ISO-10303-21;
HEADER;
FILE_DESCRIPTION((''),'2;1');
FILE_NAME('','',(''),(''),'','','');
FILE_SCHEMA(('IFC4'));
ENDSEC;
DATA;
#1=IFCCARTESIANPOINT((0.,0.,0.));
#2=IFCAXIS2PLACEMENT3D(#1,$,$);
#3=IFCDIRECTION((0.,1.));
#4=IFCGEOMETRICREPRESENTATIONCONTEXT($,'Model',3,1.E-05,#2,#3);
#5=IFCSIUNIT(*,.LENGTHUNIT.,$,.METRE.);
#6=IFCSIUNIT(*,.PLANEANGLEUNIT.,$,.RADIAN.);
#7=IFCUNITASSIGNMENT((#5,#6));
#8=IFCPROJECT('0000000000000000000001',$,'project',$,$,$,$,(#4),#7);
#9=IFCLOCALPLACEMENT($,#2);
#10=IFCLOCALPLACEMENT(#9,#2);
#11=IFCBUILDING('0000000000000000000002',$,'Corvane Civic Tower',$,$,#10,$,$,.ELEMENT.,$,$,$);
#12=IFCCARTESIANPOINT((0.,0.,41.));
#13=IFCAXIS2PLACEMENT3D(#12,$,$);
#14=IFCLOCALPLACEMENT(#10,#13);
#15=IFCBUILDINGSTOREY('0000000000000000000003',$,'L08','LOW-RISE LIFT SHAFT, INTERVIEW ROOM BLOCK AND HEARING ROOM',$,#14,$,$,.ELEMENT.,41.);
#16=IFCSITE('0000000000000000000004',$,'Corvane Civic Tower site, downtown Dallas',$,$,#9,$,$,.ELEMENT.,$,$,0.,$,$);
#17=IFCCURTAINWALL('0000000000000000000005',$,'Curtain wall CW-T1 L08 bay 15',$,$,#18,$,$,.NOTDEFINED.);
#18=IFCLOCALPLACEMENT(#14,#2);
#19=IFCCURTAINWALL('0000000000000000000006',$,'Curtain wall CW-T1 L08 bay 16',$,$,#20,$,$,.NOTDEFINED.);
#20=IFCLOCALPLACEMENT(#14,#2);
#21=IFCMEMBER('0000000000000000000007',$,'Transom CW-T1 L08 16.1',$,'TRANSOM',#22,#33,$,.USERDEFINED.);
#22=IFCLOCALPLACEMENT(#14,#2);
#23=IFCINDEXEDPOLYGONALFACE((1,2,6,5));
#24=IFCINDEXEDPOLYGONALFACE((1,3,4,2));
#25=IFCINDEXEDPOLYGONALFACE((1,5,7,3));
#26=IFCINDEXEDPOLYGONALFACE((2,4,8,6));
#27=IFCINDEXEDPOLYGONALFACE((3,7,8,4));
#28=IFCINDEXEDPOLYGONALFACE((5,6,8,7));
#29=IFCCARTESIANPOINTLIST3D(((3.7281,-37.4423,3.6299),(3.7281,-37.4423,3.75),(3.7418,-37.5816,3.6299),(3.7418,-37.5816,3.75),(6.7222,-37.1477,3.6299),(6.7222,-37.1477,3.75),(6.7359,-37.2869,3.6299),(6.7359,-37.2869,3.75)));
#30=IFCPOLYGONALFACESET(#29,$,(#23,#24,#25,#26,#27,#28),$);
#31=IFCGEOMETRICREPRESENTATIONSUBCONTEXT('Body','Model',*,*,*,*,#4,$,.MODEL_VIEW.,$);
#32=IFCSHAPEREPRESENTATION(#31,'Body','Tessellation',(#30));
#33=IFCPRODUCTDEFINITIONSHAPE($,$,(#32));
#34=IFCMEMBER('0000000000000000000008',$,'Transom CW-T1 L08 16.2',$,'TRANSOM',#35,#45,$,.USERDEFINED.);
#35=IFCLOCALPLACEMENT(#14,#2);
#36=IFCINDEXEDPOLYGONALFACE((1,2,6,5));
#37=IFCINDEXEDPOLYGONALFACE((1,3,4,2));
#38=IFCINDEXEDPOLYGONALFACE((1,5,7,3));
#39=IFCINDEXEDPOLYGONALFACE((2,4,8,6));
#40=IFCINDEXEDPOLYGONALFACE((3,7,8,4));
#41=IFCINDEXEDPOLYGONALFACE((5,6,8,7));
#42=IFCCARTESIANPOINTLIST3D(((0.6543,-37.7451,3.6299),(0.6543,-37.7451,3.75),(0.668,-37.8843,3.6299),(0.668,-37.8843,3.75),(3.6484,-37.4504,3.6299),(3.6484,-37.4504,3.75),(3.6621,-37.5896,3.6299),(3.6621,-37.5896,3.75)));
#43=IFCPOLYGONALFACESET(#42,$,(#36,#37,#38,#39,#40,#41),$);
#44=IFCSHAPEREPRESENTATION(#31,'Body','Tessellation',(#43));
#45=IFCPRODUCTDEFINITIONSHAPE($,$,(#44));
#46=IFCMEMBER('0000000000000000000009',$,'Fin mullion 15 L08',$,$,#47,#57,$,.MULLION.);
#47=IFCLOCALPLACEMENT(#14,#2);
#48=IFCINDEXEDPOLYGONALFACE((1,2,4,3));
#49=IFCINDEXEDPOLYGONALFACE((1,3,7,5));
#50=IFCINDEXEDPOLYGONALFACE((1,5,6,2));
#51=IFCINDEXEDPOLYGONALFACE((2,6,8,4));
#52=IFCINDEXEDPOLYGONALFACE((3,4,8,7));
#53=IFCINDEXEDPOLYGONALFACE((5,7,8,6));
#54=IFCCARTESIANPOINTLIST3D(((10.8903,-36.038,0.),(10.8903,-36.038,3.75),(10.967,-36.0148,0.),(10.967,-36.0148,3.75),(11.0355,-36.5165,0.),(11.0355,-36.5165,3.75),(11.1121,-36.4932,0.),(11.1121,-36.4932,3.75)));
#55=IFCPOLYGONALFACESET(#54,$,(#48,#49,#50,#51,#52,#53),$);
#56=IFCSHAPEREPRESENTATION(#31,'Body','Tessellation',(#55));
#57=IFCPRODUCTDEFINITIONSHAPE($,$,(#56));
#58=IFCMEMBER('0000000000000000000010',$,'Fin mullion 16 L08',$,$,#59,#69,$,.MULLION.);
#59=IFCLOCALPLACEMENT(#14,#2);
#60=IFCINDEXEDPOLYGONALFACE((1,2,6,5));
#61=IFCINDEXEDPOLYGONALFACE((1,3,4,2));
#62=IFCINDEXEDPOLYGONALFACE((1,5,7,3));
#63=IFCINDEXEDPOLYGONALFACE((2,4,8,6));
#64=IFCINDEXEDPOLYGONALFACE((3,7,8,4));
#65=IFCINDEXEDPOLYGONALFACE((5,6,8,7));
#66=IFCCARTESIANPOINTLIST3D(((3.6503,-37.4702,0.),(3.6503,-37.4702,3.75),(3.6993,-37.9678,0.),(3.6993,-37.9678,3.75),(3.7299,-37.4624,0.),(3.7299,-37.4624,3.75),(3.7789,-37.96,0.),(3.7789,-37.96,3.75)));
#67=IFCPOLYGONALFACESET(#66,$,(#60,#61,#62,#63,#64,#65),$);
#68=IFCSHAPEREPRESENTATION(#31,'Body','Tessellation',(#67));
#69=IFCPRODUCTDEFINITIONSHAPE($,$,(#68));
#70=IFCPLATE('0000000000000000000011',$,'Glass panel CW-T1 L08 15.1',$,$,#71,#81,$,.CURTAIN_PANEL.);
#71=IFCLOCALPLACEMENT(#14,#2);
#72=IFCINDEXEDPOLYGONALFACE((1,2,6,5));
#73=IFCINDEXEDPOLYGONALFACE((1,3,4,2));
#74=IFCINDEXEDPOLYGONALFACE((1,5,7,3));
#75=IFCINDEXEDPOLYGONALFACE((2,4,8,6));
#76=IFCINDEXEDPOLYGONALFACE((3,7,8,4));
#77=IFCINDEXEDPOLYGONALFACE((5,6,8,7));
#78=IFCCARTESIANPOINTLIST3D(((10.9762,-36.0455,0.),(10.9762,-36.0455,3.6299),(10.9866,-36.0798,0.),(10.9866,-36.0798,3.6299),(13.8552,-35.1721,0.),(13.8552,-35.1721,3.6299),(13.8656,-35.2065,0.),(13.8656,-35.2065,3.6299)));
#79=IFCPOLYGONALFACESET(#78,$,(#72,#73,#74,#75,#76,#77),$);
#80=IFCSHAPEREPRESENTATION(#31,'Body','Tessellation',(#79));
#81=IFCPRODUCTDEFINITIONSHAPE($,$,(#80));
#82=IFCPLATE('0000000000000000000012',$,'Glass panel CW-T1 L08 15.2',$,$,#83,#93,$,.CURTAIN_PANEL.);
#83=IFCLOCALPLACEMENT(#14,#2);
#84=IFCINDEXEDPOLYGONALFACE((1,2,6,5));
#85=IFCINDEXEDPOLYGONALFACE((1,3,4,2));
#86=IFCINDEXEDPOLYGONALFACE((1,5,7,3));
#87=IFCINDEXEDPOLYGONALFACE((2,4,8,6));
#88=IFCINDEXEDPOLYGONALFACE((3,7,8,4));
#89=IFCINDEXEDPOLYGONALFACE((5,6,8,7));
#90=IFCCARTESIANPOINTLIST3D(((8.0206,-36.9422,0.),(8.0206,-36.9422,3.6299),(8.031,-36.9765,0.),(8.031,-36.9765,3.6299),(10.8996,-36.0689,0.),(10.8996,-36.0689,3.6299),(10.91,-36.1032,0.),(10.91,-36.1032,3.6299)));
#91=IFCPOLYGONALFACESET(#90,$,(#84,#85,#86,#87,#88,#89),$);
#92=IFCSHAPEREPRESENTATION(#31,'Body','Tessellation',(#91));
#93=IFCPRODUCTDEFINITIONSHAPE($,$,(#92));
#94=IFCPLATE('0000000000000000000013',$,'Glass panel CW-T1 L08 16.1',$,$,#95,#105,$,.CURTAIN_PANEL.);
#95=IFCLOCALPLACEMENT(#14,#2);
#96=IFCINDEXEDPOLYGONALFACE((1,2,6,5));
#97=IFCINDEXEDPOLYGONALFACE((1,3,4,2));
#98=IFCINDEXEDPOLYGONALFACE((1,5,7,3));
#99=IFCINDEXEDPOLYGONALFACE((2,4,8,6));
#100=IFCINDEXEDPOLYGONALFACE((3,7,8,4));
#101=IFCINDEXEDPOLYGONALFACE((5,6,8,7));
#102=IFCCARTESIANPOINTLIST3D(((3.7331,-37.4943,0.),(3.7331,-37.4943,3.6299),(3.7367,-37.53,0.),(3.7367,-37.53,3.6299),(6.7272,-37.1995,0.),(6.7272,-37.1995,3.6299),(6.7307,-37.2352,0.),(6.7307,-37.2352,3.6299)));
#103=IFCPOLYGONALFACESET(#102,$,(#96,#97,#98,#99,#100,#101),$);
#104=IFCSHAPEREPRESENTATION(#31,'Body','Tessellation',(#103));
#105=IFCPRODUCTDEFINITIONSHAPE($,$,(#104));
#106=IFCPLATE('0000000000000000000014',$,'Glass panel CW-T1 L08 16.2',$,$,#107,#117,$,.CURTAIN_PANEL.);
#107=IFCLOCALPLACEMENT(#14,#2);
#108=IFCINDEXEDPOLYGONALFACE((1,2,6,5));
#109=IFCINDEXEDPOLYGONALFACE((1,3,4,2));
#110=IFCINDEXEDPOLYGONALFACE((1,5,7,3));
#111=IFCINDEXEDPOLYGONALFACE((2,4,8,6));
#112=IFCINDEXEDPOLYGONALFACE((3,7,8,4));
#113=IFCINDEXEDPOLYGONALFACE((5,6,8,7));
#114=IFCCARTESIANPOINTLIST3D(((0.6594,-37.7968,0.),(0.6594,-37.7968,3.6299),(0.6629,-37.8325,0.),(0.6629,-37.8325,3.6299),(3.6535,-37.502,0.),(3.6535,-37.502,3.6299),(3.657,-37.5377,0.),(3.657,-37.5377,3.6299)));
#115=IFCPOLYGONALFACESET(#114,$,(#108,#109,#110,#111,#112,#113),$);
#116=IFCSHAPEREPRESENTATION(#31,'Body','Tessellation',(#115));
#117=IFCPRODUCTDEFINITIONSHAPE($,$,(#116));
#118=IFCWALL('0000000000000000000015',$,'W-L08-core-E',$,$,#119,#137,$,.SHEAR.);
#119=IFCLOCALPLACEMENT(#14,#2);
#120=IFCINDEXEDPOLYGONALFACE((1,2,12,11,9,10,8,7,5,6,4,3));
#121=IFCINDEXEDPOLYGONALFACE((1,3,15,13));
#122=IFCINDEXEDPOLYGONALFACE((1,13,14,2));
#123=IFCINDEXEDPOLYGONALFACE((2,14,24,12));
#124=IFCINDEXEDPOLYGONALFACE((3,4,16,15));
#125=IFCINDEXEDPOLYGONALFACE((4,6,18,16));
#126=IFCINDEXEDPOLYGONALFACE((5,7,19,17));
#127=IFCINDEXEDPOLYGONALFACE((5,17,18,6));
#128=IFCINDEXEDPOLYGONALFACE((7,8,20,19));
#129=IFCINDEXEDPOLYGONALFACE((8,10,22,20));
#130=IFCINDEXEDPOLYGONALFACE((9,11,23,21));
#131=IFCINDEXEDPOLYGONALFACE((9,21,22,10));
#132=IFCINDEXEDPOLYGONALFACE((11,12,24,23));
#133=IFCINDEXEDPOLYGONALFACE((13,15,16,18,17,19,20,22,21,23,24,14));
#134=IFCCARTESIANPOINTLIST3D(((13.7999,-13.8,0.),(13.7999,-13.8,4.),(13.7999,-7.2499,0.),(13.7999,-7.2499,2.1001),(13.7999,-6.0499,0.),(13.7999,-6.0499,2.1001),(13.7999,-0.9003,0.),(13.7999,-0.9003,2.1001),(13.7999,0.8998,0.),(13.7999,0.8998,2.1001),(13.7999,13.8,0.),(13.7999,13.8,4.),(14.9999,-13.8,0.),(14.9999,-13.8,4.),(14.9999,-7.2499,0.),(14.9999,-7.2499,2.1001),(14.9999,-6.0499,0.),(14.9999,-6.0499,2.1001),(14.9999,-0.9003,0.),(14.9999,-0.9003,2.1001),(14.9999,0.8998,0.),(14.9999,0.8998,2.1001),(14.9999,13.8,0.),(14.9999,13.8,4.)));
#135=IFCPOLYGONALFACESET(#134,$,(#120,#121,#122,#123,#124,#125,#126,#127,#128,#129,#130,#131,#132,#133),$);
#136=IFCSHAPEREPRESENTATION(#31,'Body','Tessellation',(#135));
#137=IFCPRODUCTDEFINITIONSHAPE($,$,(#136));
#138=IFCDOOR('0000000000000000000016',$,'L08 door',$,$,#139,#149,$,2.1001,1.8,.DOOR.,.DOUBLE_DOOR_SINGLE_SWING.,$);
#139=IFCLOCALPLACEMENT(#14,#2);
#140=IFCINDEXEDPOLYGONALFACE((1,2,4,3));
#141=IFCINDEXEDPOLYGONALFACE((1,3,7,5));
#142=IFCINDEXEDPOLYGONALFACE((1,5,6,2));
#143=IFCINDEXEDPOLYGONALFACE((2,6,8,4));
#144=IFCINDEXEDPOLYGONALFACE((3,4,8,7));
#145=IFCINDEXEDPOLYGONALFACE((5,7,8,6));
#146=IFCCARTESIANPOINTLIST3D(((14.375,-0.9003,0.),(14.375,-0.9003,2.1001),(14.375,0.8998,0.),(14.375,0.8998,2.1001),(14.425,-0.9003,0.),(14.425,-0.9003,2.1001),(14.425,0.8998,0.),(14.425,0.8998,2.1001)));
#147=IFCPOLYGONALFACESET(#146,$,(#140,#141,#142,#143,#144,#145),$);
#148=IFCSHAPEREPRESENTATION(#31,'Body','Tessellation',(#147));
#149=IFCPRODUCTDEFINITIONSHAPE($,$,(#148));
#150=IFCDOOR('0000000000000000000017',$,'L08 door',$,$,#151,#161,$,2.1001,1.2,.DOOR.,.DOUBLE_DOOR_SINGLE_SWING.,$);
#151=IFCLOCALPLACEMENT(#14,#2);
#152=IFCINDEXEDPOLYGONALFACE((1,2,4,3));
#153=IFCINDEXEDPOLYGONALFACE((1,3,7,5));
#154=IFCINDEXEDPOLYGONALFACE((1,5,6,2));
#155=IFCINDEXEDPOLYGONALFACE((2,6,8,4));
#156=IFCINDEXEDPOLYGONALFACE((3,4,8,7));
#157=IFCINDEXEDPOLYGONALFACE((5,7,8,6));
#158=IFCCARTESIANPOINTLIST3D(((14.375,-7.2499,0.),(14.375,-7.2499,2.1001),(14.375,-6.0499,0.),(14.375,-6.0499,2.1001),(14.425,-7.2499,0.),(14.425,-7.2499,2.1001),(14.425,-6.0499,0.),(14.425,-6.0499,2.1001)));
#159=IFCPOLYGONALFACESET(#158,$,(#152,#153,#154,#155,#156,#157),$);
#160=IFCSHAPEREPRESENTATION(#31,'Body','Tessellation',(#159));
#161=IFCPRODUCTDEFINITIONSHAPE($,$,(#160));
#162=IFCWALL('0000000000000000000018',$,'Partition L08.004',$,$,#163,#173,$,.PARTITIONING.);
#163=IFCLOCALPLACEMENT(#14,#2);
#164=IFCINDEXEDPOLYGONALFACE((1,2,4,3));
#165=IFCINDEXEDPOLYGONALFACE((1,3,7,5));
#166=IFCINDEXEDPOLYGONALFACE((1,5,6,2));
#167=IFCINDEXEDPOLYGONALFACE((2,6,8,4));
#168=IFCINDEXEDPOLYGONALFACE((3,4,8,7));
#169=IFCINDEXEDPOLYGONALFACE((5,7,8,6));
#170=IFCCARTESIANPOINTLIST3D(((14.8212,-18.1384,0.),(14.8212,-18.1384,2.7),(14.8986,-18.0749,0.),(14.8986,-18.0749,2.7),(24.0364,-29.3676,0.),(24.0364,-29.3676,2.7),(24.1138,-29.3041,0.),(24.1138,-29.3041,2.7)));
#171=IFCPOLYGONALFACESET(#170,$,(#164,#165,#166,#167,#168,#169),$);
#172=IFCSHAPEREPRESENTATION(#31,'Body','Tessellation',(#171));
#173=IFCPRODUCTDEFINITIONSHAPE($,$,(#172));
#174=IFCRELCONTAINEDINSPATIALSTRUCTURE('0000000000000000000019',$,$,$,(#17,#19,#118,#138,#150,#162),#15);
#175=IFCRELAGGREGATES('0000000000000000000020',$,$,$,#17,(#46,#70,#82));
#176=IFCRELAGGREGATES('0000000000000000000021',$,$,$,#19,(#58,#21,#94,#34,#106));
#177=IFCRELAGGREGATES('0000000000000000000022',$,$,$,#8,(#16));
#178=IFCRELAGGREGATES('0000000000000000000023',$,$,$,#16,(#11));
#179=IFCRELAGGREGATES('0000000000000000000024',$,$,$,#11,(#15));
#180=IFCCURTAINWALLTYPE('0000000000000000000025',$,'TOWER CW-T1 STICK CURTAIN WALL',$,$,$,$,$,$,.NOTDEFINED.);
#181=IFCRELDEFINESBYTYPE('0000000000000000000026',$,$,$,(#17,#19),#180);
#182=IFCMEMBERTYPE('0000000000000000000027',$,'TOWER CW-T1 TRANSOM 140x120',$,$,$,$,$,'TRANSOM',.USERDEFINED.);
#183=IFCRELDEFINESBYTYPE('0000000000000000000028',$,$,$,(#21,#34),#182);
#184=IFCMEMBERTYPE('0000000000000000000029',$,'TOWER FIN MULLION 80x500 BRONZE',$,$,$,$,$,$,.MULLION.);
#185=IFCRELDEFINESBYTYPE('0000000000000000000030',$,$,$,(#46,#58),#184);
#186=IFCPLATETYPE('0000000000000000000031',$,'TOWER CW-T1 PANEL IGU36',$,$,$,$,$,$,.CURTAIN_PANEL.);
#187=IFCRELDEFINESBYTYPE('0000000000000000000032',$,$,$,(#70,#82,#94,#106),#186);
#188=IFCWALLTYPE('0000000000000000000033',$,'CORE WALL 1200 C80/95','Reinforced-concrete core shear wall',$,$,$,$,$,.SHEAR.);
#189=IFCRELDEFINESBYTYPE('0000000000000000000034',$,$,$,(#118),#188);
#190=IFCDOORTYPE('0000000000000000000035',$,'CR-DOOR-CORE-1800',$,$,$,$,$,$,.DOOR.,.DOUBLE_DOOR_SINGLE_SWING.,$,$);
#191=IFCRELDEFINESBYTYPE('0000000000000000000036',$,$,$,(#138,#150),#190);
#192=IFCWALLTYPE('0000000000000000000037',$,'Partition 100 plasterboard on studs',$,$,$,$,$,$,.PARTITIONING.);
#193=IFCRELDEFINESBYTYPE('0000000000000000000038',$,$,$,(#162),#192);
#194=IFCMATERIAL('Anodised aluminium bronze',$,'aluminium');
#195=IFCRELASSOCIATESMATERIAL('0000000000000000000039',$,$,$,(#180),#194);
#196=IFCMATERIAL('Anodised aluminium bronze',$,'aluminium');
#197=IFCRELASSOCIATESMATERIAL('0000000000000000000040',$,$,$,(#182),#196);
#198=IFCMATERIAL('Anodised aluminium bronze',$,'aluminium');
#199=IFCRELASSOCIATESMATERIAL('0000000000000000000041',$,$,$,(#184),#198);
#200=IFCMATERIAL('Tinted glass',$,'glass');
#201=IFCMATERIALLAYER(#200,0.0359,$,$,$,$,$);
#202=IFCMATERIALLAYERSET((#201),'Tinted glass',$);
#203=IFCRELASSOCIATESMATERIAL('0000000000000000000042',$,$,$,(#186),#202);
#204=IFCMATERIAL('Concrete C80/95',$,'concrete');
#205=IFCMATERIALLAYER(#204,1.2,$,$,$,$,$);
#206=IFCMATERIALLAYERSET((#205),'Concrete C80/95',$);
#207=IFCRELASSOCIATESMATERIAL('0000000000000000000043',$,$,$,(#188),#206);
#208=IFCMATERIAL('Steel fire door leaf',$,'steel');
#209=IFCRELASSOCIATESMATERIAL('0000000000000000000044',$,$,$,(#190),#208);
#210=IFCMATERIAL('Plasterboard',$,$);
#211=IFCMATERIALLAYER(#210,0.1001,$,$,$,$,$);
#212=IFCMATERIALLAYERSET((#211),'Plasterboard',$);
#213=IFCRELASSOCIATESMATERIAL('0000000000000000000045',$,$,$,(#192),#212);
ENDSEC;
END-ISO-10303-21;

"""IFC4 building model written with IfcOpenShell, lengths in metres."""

from ifc_helpers import new_model, si_unit, direction, frame, frame_2d, origin, origin_2d, place, context, subcontext, project, spatial, rectangle, extrude, material, layer, layer_set, material_profile, profile_set, type_object, element, fill, aggregate, save


model = new_model("IFC4")

# Units and contexts
model_context = context("Model", 3, precision=1e-05, world=origin(), true_north=direction((0.0, 1.0)))
body_context = subcontext(model_context, "Body", "Model", "MODEL_VIEW")
ifc_project = project(units=[si_unit("LENGTHUNIT", "METRE"), si_unit("PLANEANGLEUNIT", "RADIAN")], contexts=[model_context])

# Site, building, storey
site_placement = place(None, origin())
site = spatial("IfcSite", under=ifc_project, at=site_placement, Name="Corvane Civic Tower site, downtown Dallas", CompositionType="ELEMENT", RefElevation=0.0)
building_placement = place(site_placement, origin())
building = spatial("IfcBuilding", under=site, at=building_placement, Name="Corvane Civic Tower", CompositionType="ELEMENT")
storey_placement = place(building_placement, frame((0.0, 0.0, 41.0)))
storey = spatial("IfcBuildingStorey", under=building, at=storey_placement, Name="L08", Description="LOW-RISE LIFT SHAFT, INTERVIEW ROOM BLOCK AND HEARING ROOM", CompositionType="ELEMENT", Elevation=41.0)

# Curtain walls, members
ifc_material_1 = material(Name="Anodised aluminium bronze", Category="aluminium")
curtain_wall_type = type_object("IfcCurtainWallType", Name="TOWER CW-T1 STICK CURTAIN WALL", PredefinedType="NOTDEFINED", material=ifc_material_1)
curtain_wall_1_placement = place(storey_placement, origin())
curtain_wall_1 = element("IfcCurtainWall", 1, at=curtain_wall_1_placement, inside=storey, type_object=curtain_wall_type, Name="Curtain wall CW-T1 L08 bay 15", PredefinedType="NOTDEFINED")
ifc_material_2 = material(Name="Anodised aluminium bronze", Category="aluminium")
ifc_material_profile_1 = material_profile(ifc_material_2, rectangle(XDim=0.1399, YDim=0.1201, at=origin_2d()), Name="TOWER CW-T1 TRANSOM 140x120")
ifc_profile_set_1 = profile_set([ifc_material_profile_1], Name="Anodised aluminium bronze")
member_type_1 = type_object("IfcMemberType", Name="TOWER CW-T1 TRANSOM 140x120", ElementType="TRANSOM", PredefinedType="USERDEFINED", material=ifc_profile_set_1)
curtain_wall_2_placement = place(storey_placement, origin())
curtain_wall_2 = element("IfcCurtainWall", 2, at=curtain_wall_2_placement, inside=storey, type_object=curtain_wall_type, Name="Curtain wall CW-T1 L08 bay 16", PredefinedType="NOTDEFINED")
member_1_placement = place(storey_placement, frame((6.729, -37.2173, 3.6899), z_axis=(-0.995192, -0.097945, 0.0), x_axis=(0.097945, -0.995192, 0.0)))
member_1 = element("IfcMember", 3, at=member_1_placement, type_object=member_type_1, Name="Transom CW-T1 L08 16.1", ObjectType="TRANSOM", PredefinedType="USERDEFINED", context=body_context, shape_type="SweptSolid", body=[
    extrude(rectangle(XDim=0.1399, YDim=0.1201, at=origin_2d()), origin(), (0.0, 0.0, 1.0), 3.0085),
])
member_2_placement = place(storey_placement, frame((3.6553, -37.52, 3.6899), z_axis=(-0.995192, -0.097945, 0.0), x_axis=(0.097945, -0.995192, 0.0)))
member_2 = element("IfcMember", 4, at=member_2_placement, type_object=member_type_1, Name="Transom CW-T1 L08 16.2", ObjectType="TRANSOM", PredefinedType="USERDEFINED", context=body_context, shape_type="SweptSolid", body=[
    extrude(rectangle(XDim=0.1399, YDim=0.1201, at=origin_2d()), origin(), (0.0, 0.0, 1.0), 3.0085),
])

# Members
ifc_material_3 = material(Name="Anodised aluminium bronze", Category="aluminium")
ifc_material_profile_2 = material_profile(ifc_material_3, rectangle(XDim=0.0801, YDim=0.5, at=origin_2d()), Name="TOWER FIN MULLION 80x500 BRONZE")
ifc_profile_set_2 = profile_set([ifc_material_profile_2], Name="Anodised aluminium bronze")
member_type_2 = type_object("IfcMemberType", Name="TOWER FIN MULLION 80x500 BRONZE", PredefinedType="MULLION", material=ifc_profile_set_2)
member_3_placement = place(storey_placement, frame((11.0012, -36.2656, 0.0), z_axis=(0.0, 0.0, 1.0), x_axis=(-0.956942, -0.290278, 0.0)))
member_3 = element("IfcMember", 5, at=member_3_placement, type_object=member_type_2, Name="Fin mullion 15 L08", PredefinedType="MULLION", context=body_context, shape_type="SweptSolid", body=[
    extrude(rectangle(XDim=0.0801, YDim=0.5, at=origin_2d()), origin(), (0.0, 0.0, 1.0), 3.75),
])
member_4_placement = place(storey_placement, frame((3.7146, -37.7151, 0.0), z_axis=(0.0, 0.0, 1.0), x_axis=(-0.995186, -0.098006, 0.0)))
member_4 = element("IfcMember", 6, at=member_4_placement, type_object=member_type_2, Name="Fin mullion 16 L08", PredefinedType="MULLION", context=body_context, shape_type="SweptSolid", body=[
    extrude(rectangle(XDim=0.0801, YDim=0.5, at=origin_2d()), origin(), (0.0, 0.0, 1.0), 3.75),
])

# Plates
ifc_material_4 = material(Name="Tinted glass", Category="glass")
ifc_layer_1 = layer(ifc_material_4, 0.0359)
ifc_layer_set_1 = layer_set([ifc_layer_1], Name="Tinted glass")
plate_type = type_object("IfcPlateType", Name="TOWER CW-T1 PANEL IGU36", PredefinedType="CURTAIN_PANEL", material=ifc_layer_set_1)
plate_1_placement = place(storey_placement, frame((12.4209, -35.626, 0.0), z_axis=(0.0, 0.0, 1.0), x_axis=(-0.956942, -0.290278, 0.0)))
plate_1 = element("IfcPlate", 7, at=plate_1_placement, type_object=plate_type, Name="Glass panel CW-T1 L08 15.1", PredefinedType="CURTAIN_PANEL", context=body_context, shape_type="SweptSolid", body=[
    extrude(rectangle(XDim=3.0085, YDim=0.0359, at=origin_2d()), origin(), (0.0, 0.0, 1.0), 3.6299),
])
plate_2_placement = place(storey_placement, frame((9.4653, -36.5227, 0.0), z_axis=(0.0, 0.0, 1.0), x_axis=(-0.956942, -0.290278, 0.0)))
plate_2 = element("IfcPlate", 8, at=plate_2_placement, type_object=plate_type, Name="Glass panel CW-T1 L08 15.2", PredefinedType="CURTAIN_PANEL", context=body_context, shape_type="SweptSolid", body=[
    extrude(rectangle(XDim=3.0085, YDim=0.0359, at=origin_2d()), origin(), (0.0, 0.0, 1.0), 3.6299),
])
aggregate(curtain_wall_1, [member_3, plate_1, plate_2])
plate_3_placement = place(storey_placement, frame((5.2319, -37.3647, 0.0), z_axis=(0.0, 0.0, 1.0), x_axis=(-0.995186, -0.098006, 0.0)))
plate_3 = element("IfcPlate", 9, at=plate_3_placement, type_object=plate_type, Name="Glass panel CW-T1 L08 16.1", PredefinedType="CURTAIN_PANEL", context=body_context, shape_type="SweptSolid", body=[
    extrude(rectangle(XDim=3.0085, YDim=0.0359, at=origin_2d()), origin(), (0.0, 0.0, 1.0), 3.6299),
])
plate_4_placement = place(storey_placement, frame((2.1582, -37.6672, 0.0), z_axis=(0.0, 0.0, 1.0), x_axis=(-0.995186, -0.098006, 0.0)))
plate_4 = element("IfcPlate", 10, at=plate_4_placement, type_object=plate_type, Name="Glass panel CW-T1 L08 16.2", PredefinedType="CURTAIN_PANEL", context=body_context, shape_type="SweptSolid", body=[
    extrude(rectangle(XDim=3.0085, YDim=0.0359, at=origin_2d()), origin(), (0.0, 0.0, 1.0), 3.6299),
])
aggregate(curtain_wall_2, [member_4, member_1, plate_3, member_2, plate_4])

# Wall, openings, doors
ifc_material_5 = material(Name="Concrete C80/95", Category="concrete")
ifc_layer_2 = layer(ifc_material_5, 1.2)
ifc_layer_set_2 = layer_set([ifc_layer_2], Name="Concrete C80/95")
wall_type_1 = type_object("IfcWallType", Name="CORE WALL 1200 C80/95", Description="Reinforced-concrete core shear wall", PredefinedType="SHEAR", material=ifc_layer_set_2)
wall_1_placement = place(storey_placement, frame((14.3999, -13.8, 0.0), z_axis=(0.0, 0.0, 1.0), x_axis=(0.0, 1.0, 0.0)))
wall_1 = element("IfcWall", 11, at=wall_1_placement, inside=storey, type_object=wall_type_1, Name="W-L08-core-E", PredefinedType="SHEAR", context=body_context, shape_type="SweptSolid", body=[
    extrude(rectangle(XDim=27.6001, YDim=1.2, at=frame_2d((13.8, 0.0))), origin(), (0.0, 0.0, 1.0), 4.0),
])
opening_1_placement = place(wall_1_placement, frame((12.8999, 0.0, 0.0)))
opening_1 = element("IfcOpeningElement", 12, at=opening_1_placement, cuts=wall_1, PredefinedType="OPENING", context=body_context, shape_type="SweptSolid", body=[
    extrude(rectangle(XDim=1.8, YDim=2.1001, at=frame_2d((0.8999, 1.05))), frame((0.0, 0.6099, 0.0), z_axis=(0.0, -1.0, 0.0), x_axis=(1.0, 0.0, 0.0)), (0.0, 0.0, 1.0), 1.22),
])
opening_2_placement = place(wall_1_placement, frame((6.55, 0.0, 0.0)))
opening_2 = element("IfcOpeningElement", 13, at=opening_2_placement, cuts=wall_1, PredefinedType="OPENING", context=body_context, shape_type="SweptSolid", body=[
    extrude(rectangle(XDim=1.2, YDim=2.1001, at=frame_2d((0.6001, 1.05))), frame((0.0, 0.6099, 0.0), z_axis=(0.0, -1.0, 0.0), x_axis=(1.0, 0.0, 0.0)), (0.0, 0.0, 1.0), 1.22),
])
ifc_material_6 = material(Name="Steel fire door leaf", Category="steel")
door_type = type_object("IfcDoorType", Name="CR-DOOR-CORE-1800", OperationType="DOUBLE_DOOR_SINGLE_SWING", PredefinedType="DOOR", material=ifc_material_6)
door_1_placement = place(opening_1_placement, origin())
door_1 = element("IfcDoor", 14, at=door_1_placement, inside=storey, type_object=door_type, Name="L08 door", OperationType="DOUBLE_DOOR_SINGLE_SWING", OverallHeight=2.1001, OverallWidth=1.8, PredefinedType="DOOR", context=body_context, shape_type="SweptSolid", body=[
    extrude(rectangle(XDim=1.8, YDim=2.1001, at=frame_2d((0.8999, 1.05))), frame((0.0, 0.0249, 0.0), z_axis=(0.0, -1.0, 0.0), x_axis=(1.0, 0.0, 0.0)), (0.0, 0.0, 1.0), 0.05),
])
fill(opening_1, door_1)
door_2_placement = place(opening_2_placement, origin())
door_2 = element("IfcDoor", 15, at=door_2_placement, inside=storey, type_object=door_type, Name="L08 door", OperationType="DOUBLE_DOOR_SINGLE_SWING", OverallHeight=2.1001, OverallWidth=1.2, PredefinedType="DOOR", context=body_context, shape_type="SweptSolid", body=[
    extrude(rectangle(XDim=1.2, YDim=2.1001, at=frame_2d((0.6001, 1.05))), frame((0.0, 0.0249, 0.0), z_axis=(0.0, -1.0, 0.0), x_axis=(1.0, 0.0, 0.0)), (0.0, 0.0, 1.0), 0.05),
])
fill(opening_2, door_2)

# Wall
ifc_material_7 = material(Name="Plasterboard")
ifc_layer_3 = layer(ifc_material_7, 0.1001)
ifc_layer_set_3 = layer_set([ifc_layer_3], Name="Plasterboard")
wall_type_2 = type_object("IfcWallType", Name="Partition 100 plasterboard on studs", PredefinedType="PARTITIONING", material=ifc_layer_set_3)
wall_2_placement = place(storey_placement, frame((14.8599, -18.1067, 0.0), z_axis=(0.0, 0.0, 1.0), x_axis=(0.634382, -0.77302, 0.0)))
element("IfcWall", 16, at=wall_2_placement, inside=storey, type_object=wall_type_2, Name="Partition L08.004", PredefinedType="PARTITIONING", context=body_context, shape_type="SweptSolid", body=[
    extrude(rectangle(XDim=14.5264, YDim=0.1001, at=frame_2d((7.2632, 0.0))), origin(), (0.0, 0.0, 1.0), 2.7),
])

save(model, "model.ifc")
